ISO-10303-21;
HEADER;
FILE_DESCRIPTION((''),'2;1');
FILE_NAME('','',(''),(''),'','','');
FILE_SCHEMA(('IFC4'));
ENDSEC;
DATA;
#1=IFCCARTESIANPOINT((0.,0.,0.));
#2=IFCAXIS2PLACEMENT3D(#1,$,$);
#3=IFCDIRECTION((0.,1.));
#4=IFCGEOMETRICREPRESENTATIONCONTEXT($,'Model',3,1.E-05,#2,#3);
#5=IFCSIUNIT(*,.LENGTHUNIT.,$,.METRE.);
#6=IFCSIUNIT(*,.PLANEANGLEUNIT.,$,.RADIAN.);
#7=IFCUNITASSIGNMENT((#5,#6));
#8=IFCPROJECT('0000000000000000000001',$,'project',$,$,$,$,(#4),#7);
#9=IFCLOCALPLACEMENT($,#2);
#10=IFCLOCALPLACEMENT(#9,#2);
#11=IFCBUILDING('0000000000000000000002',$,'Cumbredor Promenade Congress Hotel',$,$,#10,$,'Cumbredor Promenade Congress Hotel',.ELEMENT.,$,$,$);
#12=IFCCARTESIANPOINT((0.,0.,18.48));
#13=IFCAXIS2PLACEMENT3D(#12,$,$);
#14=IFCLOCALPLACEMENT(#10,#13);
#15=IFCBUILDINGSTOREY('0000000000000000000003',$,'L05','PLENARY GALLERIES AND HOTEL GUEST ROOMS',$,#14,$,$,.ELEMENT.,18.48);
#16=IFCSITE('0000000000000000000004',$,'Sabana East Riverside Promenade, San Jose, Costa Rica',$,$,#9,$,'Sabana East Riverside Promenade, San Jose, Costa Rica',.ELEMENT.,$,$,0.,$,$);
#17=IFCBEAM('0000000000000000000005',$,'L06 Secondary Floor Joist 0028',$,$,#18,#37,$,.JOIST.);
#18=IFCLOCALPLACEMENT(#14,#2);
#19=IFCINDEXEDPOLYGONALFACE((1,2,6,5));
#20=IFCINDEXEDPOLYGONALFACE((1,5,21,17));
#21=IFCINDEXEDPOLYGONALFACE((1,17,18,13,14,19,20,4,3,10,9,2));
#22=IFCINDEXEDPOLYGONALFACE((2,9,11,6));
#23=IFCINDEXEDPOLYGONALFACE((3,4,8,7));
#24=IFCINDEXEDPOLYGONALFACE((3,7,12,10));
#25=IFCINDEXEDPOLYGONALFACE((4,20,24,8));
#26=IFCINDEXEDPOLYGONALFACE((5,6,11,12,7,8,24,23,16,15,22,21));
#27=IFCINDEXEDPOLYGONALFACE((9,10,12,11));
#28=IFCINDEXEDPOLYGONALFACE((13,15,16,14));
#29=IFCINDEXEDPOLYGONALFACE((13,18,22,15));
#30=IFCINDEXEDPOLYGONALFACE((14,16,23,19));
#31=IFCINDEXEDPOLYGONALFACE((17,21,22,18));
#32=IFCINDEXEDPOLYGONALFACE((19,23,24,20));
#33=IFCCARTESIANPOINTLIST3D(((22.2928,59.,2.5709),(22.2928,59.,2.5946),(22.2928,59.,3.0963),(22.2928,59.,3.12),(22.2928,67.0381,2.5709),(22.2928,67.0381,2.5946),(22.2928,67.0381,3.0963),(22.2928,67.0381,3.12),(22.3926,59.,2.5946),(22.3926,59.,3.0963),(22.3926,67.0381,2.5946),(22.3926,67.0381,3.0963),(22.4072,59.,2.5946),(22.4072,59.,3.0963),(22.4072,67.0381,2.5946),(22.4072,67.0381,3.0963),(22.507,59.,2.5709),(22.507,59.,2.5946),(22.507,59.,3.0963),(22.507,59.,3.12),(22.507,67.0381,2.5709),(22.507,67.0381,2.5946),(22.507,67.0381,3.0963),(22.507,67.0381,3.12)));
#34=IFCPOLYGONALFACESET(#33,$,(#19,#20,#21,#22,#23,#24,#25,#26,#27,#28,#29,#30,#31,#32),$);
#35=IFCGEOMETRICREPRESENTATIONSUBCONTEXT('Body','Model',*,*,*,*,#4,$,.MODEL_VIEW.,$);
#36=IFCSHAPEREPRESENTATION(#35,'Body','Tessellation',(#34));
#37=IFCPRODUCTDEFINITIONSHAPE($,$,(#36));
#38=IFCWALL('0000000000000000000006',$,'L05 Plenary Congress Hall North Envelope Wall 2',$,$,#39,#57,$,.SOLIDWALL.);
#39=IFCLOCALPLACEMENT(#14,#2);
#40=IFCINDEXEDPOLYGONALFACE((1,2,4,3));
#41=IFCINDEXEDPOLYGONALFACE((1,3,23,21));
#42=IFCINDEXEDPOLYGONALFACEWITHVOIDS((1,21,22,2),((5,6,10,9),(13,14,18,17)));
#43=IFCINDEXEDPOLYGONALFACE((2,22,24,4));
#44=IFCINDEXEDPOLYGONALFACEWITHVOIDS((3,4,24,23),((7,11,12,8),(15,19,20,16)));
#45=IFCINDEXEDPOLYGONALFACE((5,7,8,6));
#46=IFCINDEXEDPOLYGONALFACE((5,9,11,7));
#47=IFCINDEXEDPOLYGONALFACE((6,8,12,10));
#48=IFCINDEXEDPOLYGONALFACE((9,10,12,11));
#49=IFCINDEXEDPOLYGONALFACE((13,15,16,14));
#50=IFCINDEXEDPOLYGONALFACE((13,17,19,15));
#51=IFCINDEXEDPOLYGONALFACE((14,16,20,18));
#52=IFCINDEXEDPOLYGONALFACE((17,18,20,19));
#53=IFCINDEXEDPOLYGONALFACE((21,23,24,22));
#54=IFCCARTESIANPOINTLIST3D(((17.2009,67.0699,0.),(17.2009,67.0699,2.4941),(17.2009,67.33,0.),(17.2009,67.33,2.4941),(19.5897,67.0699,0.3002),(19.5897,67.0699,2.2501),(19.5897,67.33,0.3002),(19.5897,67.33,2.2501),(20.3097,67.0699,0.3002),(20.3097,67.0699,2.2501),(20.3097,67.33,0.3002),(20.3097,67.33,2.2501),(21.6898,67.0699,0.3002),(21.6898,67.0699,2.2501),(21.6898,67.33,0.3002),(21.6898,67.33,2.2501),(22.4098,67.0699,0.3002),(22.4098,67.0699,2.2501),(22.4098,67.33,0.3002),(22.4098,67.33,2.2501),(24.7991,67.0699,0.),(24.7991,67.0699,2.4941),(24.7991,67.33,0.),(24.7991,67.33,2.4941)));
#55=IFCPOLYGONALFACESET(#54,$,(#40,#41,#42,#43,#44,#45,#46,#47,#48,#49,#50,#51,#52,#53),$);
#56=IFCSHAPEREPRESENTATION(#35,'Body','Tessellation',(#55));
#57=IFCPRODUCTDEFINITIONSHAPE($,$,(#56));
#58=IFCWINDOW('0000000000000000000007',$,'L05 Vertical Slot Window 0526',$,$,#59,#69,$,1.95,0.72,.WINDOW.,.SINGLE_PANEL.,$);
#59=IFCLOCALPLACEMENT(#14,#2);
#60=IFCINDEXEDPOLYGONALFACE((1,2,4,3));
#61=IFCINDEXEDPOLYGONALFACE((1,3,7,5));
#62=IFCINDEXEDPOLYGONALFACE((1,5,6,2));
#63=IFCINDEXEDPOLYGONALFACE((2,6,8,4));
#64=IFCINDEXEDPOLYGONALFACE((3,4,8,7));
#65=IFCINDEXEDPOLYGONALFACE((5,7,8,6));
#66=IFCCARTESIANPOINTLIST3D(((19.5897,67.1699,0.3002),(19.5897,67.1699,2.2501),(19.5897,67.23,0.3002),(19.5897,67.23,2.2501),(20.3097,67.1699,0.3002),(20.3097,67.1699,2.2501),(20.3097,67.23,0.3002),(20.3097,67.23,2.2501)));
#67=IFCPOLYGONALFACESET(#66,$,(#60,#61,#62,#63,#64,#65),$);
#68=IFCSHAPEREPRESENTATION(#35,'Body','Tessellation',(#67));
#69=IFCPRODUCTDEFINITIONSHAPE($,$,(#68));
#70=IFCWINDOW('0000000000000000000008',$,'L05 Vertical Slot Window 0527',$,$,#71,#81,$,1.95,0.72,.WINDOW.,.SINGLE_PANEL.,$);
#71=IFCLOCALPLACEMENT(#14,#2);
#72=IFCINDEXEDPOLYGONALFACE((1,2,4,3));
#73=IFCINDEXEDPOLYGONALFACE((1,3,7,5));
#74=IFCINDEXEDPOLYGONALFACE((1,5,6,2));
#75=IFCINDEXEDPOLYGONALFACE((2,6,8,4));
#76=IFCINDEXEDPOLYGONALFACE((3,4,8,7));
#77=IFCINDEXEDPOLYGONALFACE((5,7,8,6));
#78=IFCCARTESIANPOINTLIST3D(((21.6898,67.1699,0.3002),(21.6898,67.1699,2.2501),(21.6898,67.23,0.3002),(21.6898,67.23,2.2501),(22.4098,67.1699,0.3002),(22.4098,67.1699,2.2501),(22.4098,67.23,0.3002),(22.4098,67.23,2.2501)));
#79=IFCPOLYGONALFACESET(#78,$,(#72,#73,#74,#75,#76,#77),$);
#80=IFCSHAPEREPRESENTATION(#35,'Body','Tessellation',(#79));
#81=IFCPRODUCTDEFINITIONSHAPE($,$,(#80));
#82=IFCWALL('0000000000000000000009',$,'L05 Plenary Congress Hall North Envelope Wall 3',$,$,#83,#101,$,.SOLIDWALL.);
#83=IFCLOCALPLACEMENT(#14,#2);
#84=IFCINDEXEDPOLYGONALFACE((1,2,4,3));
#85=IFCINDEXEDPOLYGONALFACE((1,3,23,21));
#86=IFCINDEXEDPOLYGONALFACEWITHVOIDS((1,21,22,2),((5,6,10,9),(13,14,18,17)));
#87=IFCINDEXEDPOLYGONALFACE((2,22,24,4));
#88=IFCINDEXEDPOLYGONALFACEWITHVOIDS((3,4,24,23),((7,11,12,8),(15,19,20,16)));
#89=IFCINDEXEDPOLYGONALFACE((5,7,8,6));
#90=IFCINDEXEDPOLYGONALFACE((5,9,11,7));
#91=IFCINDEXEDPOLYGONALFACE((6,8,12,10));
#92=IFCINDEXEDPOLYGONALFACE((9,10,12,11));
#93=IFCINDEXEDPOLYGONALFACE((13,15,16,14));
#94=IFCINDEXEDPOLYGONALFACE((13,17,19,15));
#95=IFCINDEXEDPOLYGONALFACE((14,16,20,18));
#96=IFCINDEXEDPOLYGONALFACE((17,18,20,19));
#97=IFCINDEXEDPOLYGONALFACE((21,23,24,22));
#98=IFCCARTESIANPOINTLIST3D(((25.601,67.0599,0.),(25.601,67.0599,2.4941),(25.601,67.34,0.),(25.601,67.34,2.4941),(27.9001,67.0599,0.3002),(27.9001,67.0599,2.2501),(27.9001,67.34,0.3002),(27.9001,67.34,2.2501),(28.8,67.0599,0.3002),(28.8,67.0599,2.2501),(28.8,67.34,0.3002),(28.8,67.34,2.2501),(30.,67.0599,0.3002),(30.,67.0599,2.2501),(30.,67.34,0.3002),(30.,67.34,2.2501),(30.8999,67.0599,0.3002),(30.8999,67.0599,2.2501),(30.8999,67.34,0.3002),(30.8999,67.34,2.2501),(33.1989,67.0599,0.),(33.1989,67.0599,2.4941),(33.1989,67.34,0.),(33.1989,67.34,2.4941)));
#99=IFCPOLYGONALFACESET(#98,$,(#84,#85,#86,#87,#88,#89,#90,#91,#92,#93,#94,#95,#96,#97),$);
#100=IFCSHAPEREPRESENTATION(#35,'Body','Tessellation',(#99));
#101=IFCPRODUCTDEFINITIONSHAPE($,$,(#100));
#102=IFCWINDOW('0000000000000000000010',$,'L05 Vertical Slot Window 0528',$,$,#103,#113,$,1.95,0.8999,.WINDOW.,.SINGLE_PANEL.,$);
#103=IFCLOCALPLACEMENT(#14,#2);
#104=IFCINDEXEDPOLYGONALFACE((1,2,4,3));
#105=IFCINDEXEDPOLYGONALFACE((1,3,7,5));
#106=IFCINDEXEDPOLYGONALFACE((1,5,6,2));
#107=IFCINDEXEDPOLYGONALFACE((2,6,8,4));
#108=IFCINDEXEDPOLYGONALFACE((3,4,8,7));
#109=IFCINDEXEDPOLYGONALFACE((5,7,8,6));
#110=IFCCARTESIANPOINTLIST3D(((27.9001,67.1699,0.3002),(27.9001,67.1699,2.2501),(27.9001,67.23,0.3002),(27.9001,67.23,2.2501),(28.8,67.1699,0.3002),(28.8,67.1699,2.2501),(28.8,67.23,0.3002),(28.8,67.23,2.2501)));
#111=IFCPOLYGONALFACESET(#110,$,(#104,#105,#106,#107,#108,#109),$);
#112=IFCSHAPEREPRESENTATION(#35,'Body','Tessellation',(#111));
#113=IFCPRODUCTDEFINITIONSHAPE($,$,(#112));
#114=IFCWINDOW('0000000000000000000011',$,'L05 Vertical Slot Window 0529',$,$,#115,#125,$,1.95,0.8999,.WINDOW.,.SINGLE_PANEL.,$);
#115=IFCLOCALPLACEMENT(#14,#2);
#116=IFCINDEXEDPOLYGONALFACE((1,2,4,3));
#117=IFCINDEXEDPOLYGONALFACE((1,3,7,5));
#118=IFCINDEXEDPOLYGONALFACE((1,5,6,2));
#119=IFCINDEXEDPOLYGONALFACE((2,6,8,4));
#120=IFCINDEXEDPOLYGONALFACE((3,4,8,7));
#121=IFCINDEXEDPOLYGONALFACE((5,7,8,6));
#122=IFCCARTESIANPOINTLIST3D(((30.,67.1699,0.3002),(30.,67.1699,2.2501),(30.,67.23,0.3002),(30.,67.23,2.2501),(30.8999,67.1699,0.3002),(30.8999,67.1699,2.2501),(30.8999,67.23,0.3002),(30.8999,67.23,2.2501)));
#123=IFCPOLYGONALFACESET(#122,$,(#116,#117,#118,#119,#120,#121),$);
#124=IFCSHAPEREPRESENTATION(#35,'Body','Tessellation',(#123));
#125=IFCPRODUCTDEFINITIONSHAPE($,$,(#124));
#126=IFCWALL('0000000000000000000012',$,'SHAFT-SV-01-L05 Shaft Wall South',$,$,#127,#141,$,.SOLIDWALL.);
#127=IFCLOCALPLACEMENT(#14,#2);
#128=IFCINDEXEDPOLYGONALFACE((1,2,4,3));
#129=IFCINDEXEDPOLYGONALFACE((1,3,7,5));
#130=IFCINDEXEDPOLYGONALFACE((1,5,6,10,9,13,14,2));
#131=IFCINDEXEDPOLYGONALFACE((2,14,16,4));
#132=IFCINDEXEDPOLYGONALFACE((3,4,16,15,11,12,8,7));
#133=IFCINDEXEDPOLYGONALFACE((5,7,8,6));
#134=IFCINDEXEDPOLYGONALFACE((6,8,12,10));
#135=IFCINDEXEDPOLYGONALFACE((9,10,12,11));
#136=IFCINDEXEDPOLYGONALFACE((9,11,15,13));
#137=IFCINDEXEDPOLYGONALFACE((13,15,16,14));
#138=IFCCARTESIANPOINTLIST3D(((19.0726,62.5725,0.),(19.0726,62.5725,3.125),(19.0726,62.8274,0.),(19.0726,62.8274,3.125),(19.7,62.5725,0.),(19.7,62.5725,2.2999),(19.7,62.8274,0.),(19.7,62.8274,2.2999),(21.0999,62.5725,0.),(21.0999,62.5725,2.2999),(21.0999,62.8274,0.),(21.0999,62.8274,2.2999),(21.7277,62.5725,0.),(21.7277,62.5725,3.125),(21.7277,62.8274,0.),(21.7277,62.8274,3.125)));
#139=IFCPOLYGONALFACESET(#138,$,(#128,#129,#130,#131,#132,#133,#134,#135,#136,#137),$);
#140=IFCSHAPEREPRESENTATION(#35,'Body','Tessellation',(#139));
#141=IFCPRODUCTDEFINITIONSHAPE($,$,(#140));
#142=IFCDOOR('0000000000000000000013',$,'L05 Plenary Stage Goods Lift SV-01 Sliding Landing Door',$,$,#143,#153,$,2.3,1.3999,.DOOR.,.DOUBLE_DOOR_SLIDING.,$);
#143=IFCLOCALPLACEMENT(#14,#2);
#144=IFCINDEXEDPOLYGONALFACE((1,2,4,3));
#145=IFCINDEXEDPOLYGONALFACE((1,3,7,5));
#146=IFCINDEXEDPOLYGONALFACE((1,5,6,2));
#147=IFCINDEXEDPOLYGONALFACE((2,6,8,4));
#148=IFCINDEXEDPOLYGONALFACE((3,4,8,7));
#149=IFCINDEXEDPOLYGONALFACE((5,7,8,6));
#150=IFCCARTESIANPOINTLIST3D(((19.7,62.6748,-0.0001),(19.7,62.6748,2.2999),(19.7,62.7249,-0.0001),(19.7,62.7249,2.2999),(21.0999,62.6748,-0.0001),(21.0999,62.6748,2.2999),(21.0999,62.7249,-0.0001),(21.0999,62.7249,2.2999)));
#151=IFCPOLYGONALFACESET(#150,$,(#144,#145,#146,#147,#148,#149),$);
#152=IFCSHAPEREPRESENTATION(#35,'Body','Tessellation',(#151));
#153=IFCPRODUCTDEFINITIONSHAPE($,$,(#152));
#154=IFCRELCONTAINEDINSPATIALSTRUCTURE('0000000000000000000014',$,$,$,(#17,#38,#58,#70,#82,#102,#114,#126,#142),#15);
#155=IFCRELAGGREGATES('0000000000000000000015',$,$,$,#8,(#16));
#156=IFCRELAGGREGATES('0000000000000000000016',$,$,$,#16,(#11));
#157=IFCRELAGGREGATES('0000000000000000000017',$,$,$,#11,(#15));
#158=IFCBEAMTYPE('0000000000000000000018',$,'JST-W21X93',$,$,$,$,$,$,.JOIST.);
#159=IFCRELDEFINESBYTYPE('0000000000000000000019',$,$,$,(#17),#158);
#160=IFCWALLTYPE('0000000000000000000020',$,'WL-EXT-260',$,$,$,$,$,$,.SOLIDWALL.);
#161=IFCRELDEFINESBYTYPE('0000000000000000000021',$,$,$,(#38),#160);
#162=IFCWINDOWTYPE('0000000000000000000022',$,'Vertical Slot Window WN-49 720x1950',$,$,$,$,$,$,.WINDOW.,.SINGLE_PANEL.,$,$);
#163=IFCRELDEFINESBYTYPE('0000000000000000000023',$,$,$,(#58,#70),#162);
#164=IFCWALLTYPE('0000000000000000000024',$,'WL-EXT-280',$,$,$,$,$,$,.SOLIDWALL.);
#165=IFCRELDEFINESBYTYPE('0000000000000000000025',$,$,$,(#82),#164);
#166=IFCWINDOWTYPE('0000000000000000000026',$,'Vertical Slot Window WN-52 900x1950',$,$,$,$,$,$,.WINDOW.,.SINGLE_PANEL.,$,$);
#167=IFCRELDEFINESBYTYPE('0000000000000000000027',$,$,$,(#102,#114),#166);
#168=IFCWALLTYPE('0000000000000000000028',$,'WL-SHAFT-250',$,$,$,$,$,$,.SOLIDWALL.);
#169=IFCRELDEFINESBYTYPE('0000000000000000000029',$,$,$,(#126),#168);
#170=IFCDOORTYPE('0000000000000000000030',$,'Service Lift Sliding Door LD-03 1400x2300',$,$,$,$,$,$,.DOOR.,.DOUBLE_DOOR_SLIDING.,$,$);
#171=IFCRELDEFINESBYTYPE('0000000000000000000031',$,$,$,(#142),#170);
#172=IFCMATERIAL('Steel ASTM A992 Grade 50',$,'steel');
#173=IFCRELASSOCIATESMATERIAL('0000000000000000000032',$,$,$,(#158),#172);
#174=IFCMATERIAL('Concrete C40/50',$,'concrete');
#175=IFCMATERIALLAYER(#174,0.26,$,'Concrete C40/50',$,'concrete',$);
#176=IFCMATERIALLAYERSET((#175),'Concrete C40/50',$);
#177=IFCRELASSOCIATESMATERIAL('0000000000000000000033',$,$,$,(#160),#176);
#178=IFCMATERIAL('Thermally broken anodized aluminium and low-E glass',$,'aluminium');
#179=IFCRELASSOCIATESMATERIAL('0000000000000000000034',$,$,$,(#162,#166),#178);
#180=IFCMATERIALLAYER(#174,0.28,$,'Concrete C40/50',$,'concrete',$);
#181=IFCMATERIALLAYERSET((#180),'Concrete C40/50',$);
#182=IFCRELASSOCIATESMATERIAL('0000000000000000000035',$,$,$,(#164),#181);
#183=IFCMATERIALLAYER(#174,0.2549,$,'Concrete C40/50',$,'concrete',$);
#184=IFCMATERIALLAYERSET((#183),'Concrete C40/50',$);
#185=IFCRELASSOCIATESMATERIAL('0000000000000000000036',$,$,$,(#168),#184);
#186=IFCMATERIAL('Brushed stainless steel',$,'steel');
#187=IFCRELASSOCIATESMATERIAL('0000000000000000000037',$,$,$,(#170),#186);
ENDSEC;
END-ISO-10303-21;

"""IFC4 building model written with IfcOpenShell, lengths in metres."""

from ifc_helpers import new_model, si_unit, direction, frame, frame_2d, origin, origin_2d, place, context, subcontext, project, spatial, rectangle, i_section, extrude, material, layer, layer_set, material_profile, profile_set, type_object, element, fill, save


model = new_model("IFC4")

# Units and contexts
model_context = context("Model", 3, precision=1e-05, world=origin(), true_north=direction((0.0, 1.0)))
body_context = subcontext(model_context, "Body", "Model", "MODEL_VIEW")
ifc_project = project(units=[si_unit("LENGTHUNIT", "METRE"), si_unit("PLANEANGLEUNIT", "RADIAN")], contexts=[model_context])

# Site, building, storey
site_placement = place(None, origin())
site = spatial("IfcSite", under=ifc_project, at=site_placement, Name="Sabana East Riverside Promenade, San Jose, Costa Rica", LongName="Sabana East Riverside Promenade, San Jose, Costa Rica", CompositionType="ELEMENT", RefElevation=0.0)
building_placement = place(site_placement, origin())
building = spatial("IfcBuilding", under=site, at=building_placement, Name="Cumbredor Promenade Congress Hotel", LongName="Cumbredor Promenade Congress Hotel", CompositionType="ELEMENT")
storey_placement = place(building_placement, frame((0.0, 0.0, 18.48)))
storey = spatial("IfcBuildingStorey", under=building, at=storey_placement, Name="L05", Description="PLENARY GALLERIES AND HOTEL GUEST ROOMS", CompositionType="ELEMENT", Elevation=18.48)

# Beam
ifc_material_1 = material(Name="Concrete C40/50", Category="concrete")
ifc_material_2 = material(Name="Steel ASTM A992 Grade 50", Category="steel")
ifc_material_profile_1 = material_profile(ifc_material_2, i_section(OverallWidth=0.2141, OverallDepth=0.5491, WebThickness=0.0146, FlangeThickness=0.0237, at=origin_2d()), Name="W21X93")
ifc_profile_set_1 = profile_set([ifc_material_profile_1], Name="Steel ASTM A992 Grade 50")
beam_type_1 = type_object("IfcBeamType", Name="JST-W21X93", PredefinedType="JOIST", material=ifc_profile_set_1)
for number, where, z_axis, x_axis, name in (
    (1, (22.3999, 59.0, 2.8455), (0.0, 1.0, 0.0), (-1.0, 0.0, 0.0), "L06 Secondary Floor Joist 0028"),
):
    element("IfcBeam", number, at=place(storey_placement, frame(where, z_axis=z_axis, x_axis=x_axis)), inside=storey, type_object=beam_type_1, Name=name, PredefinedType="JOIST", context=body_context, shape_type="SweptSolid", body=[
        extrude(i_section(OverallWidth=0.2141, OverallDepth=0.5491, WebThickness=0.0146, FlangeThickness=0.0237, at=origin_2d()), origin(), (0.0, 0.0, 1.0), 8.0381),
    ])

# Walls, openings, windows
ifc_layer_1 = layer(ifc_material_1, 0.26, Name="Concrete C40/50", Category="concrete")
ifc_layer_set_1 = layer_set([ifc_layer_1], Name="Concrete C40/50")
wall_type_1 = type_object("IfcWallType", Name="WL-EXT-260", PredefinedType="SOLIDWALL", material=ifc_layer_set_1)
wall_1_placement = place(storey_placement, frame((17.2009, 67.2, 0.0), z_axis=(0.0, 0.0, 1.0), x_axis=(1.0, 0.0, 0.0)))
wall_1 = element("IfcWall", 2, at=wall_1_placement, inside=storey, type_object=wall_type_1, Name="L05 Plenary Congress Hall North Envelope Wall 2", PredefinedType="SOLIDWALL", context=body_context, shape_type="SweptSolid", body=[
    extrude(rectangle(XDim=7.5981, YDim=0.26, at=frame_2d((3.7991, 0.0))), origin(), (0.0, 0.0, 1.0), 2.4941),
])
opening_1_placement = place(wall_1_placement, frame((2.3889, 0.0, 0.3)))
opening_1 = element("IfcOpeningElement", 3, at=opening_1_placement, cuts=wall_1, PredefinedType="OPENING", context=body_context, shape_type="SweptSolid", body=[
    extrude(rectangle(XDim=0.72, YDim=1.95, at=frame_2d((0.3599, 0.9751))), frame((0.0, 0.1401, 0.0), z_axis=(0.0, -1.0, 0.0), x_axis=(1.0, 0.0, 0.0)), (0.0, 0.0, 1.0), 0.28),
])
opening_2_placement = place(wall_1_placement, frame((4.489, 0.0, 0.3)))
opening_2 = element("IfcOpeningElement", 4, at=opening_2_placement, cuts=wall_1, PredefinedType="OPENING", context=body_context, shape_type="SweptSolid", body=[
    extrude(rectangle(XDim=0.72, YDim=1.95, at=frame_2d((0.3599, 0.9751))), frame((0.0, 0.1401, 0.0), z_axis=(0.0, -1.0, 0.0), x_axis=(1.0, 0.0, 0.0)), (0.0, 0.0, 1.0), 0.28),
])
ifc_material_3 = material(Name="Thermally broken anodized aluminium and low-E glass", Category="aluminium")
window_type_1 = type_object("IfcWindowType", Name="Vertical Slot Window WN-49 720x1950", PartitioningType="SINGLE_PANEL", PredefinedType="WINDOW", material=ifc_material_3)
window_1_placement = place(opening_1_placement, origin())
window_1 = element("IfcWindow", 5, at=window_1_placement, inside=storey, type_object=window_type_1, Name="L05 Vertical Slot Window 0526", OverallHeight=1.95, OverallWidth=0.72, PartitioningType="SINGLE_PANEL", PredefinedType="WINDOW", context=body_context, shape_type="SweptSolid", body=[
    extrude(rectangle(XDim=0.72, YDim=1.95, at=frame_2d((0.3599, 0.9751))), frame((0.0, 0.03, 0.0), z_axis=(0.0, -1.0, 0.0), x_axis=(1.0, 0.0, 0.0)), (0.0, 0.0, 1.0), 0.0601),
])
fill(opening_1, window_1)
window_2_placement = place(opening_2_placement, origin())
window_2 = element("IfcWindow", 6, at=window_2_placement, inside=storey, type_object=window_type_1, Name="L05 Vertical Slot Window 0527", OverallHeight=1.95, OverallWidth=0.72, PartitioningType="SINGLE_PANEL", PredefinedType="WINDOW", context=body_context, shape_type="SweptSolid", body=[
    extrude(rectangle(XDim=0.72, YDim=1.95, at=frame_2d((0.3599, 0.9751))), frame((0.0, 0.03, 0.0), z_axis=(0.0, -1.0, 0.0), x_axis=(1.0, 0.0, 0.0)), (0.0, 0.0, 1.0), 0.0601),
])
fill(opening_2, window_2)
ifc_layer_2 = layer(ifc_material_1, 0.28, Name="Concrete C40/50", Category="concrete")
ifc_layer_set_2 = layer_set([ifc_layer_2], Name="Concrete C40/50")
wall_type_2 = type_object("IfcWallType", Name="WL-EXT-280", PredefinedType="SOLIDWALL", material=ifc_layer_set_2)
wall_2_placement = place(storey_placement, frame((25.6011, 67.2, 0.0), z_axis=(0.0, 0.0, 1.0), x_axis=(1.0, 0.0, 0.0)))
wall_2 = element("IfcWall", 7, at=wall_2_placement, inside=storey, type_object=wall_type_2, Name="L05 Plenary Congress Hall North Envelope Wall 3", PredefinedType="SOLIDWALL", context=body_context, shape_type="SweptSolid", body=[
    extrude(rectangle(XDim=7.5979, YDim=0.28, at=frame_2d((3.7988, 0.0))), origin(), (0.0, 0.0, 1.0), 2.4941),
])
opening_3_placement = place(wall_2_placement, frame((2.2991, 0.0, 0.3)))
opening_3 = element("IfcOpeningElement", 8, at=opening_3_placement, cuts=wall_2, PredefinedType="OPENING", context=body_context, shape_type="SweptSolid", body=[
    extrude(rectangle(XDim=0.8999, YDim=1.95, at=frame_2d((0.45, 0.9751))), frame((0.0, 0.1499, 0.0), z_axis=(0.0, -1.0, 0.0), x_axis=(1.0, 0.0, 0.0)), (0.0, 0.0, 1.0), 0.3),
])
opening_4_placement = place(wall_2_placement, frame((4.3989, 0.0, 0.3)))
opening_4 = element("IfcOpeningElement", 9, at=opening_4_placement, cuts=wall_2, PredefinedType="OPENING", context=body_context, shape_type="SweptSolid", body=[
    extrude(rectangle(XDim=0.8999, YDim=1.95, at=frame_2d((0.45, 0.9751))), frame((0.0, 0.1499, 0.0), z_axis=(0.0, -1.0, 0.0), x_axis=(1.0, 0.0, 0.0)), (0.0, 0.0, 1.0), 0.3),
])
window_type_2 = type_object("IfcWindowType", Name="Vertical Slot Window WN-52 900x1950", PartitioningType="SINGLE_PANEL", PredefinedType="WINDOW", material=ifc_material_3)
window_3_placement = place(opening_3_placement, origin())
window_3 = element("IfcWindow", 10, at=window_3_placement, inside=storey, type_object=window_type_2, Name="L05 Vertical Slot Window 0528", OverallHeight=1.95, OverallWidth=0.8999, PartitioningType="SINGLE_PANEL", PredefinedType="WINDOW", context=body_context, shape_type="SweptSolid", body=[
    extrude(rectangle(XDim=0.8999, YDim=1.95, at=frame_2d((0.45, 0.9751))), frame((0.0, 0.03, 0.0), z_axis=(0.0, -1.0, 0.0), x_axis=(1.0, 0.0, 0.0)), (0.0, 0.0, 1.0), 0.0601),
])
fill(opening_3, window_3)
window_4_placement = place(opening_4_placement, origin())
window_4 = element("IfcWindow", 11, at=window_4_placement, inside=storey, type_object=window_type_2, Name="L05 Vertical Slot Window 0529", OverallHeight=1.95, OverallWidth=0.8999, PartitioningType="SINGLE_PANEL", PredefinedType="WINDOW", context=body_context, shape_type="SweptSolid", body=[
    extrude(rectangle(XDim=0.8999, YDim=1.95, at=frame_2d((0.45, 0.9751))), frame((0.0, 0.03, 0.0), z_axis=(0.0, -1.0, 0.0), x_axis=(1.0, 0.0, 0.0)), (0.0, 0.0, 1.0), 0.0601),
])
fill(opening_4, window_4)

# Wall, opening, door
ifc_layer_3 = layer(ifc_material_1, 0.2549, Name="Concrete C40/50", Category="concrete")
ifc_layer_set_3 = layer_set([ifc_layer_3], Name="Concrete C40/50")
wall_type_3 = type_object("IfcWallType", Name="WL-SHAFT-250", PredefinedType="SOLIDWALL", material=ifc_layer_set_3)
wall_3_placement = place(storey_placement, frame((19.0725, 62.7, 0.0), z_axis=(0.0, 0.0, 1.0), x_axis=(1.0, 0.0, 0.0)))
wall_3 = element("IfcWall", 12, at=wall_3_placement, inside=storey, type_object=wall_type_3, Name="SHAFT-SV-01-L05 Shaft Wall South", PredefinedType="SOLIDWALL", context=body_context, shape_type="SweptSolid", body=[
    extrude(rectangle(XDim=2.655, YDim=0.2549, at=frame_2d((1.3276, 0.0))), origin(), (0.0, 0.0, 1.0), 3.125),
])
opening_5_placement = place(wall_3_placement, frame((0.6274, 0.0, 0.0)))
opening_5 = element("IfcOpeningElement", 13, at=opening_5_placement, cuts=wall_3, PredefinedType="OPENING", context=body_context, shape_type="SweptSolid", body=[
    extrude(rectangle(XDim=1.3999, YDim=2.3, at=frame_2d((0.7, 1.1499))), frame((0.0, 0.1375, 0.0), z_axis=(0.0, -1.0, 0.0), x_axis=(1.0, 0.0, 0.0)), (0.0, 0.0, 1.0), 0.2749),
])
ifc_material_4 = material(Name="Brushed stainless steel", Category="steel")
door_type = type_object("IfcDoorType", Name="Service Lift Sliding Door LD-03 1400x2300", OperationType="DOUBLE_DOOR_SLIDING", PredefinedType="DOOR", material=ifc_material_4)
door_placement = place(opening_5_placement, origin())
door = element("IfcDoor", 14, at=door_placement, inside=storey, type_object=door_type, Name="L05 Plenary Stage Goods Lift SV-01 Sliding Landing Door", OperationType="DOUBLE_DOOR_SLIDING", OverallHeight=2.3, OverallWidth=1.3999, PredefinedType="DOOR", context=body_context, shape_type="SweptSolid", body=[
    extrude(rectangle(XDim=1.3999, YDim=2.3, at=frame_2d((0.7, 1.1499))), frame((0.0, 0.0249, 0.0), z_axis=(0.0, -1.0, 0.0), x_axis=(1.0, 0.0, 0.0)), (0.0, 0.0, 1.0), 0.05),
])
fill(opening_5, door)

save(model, "model.ifc")
